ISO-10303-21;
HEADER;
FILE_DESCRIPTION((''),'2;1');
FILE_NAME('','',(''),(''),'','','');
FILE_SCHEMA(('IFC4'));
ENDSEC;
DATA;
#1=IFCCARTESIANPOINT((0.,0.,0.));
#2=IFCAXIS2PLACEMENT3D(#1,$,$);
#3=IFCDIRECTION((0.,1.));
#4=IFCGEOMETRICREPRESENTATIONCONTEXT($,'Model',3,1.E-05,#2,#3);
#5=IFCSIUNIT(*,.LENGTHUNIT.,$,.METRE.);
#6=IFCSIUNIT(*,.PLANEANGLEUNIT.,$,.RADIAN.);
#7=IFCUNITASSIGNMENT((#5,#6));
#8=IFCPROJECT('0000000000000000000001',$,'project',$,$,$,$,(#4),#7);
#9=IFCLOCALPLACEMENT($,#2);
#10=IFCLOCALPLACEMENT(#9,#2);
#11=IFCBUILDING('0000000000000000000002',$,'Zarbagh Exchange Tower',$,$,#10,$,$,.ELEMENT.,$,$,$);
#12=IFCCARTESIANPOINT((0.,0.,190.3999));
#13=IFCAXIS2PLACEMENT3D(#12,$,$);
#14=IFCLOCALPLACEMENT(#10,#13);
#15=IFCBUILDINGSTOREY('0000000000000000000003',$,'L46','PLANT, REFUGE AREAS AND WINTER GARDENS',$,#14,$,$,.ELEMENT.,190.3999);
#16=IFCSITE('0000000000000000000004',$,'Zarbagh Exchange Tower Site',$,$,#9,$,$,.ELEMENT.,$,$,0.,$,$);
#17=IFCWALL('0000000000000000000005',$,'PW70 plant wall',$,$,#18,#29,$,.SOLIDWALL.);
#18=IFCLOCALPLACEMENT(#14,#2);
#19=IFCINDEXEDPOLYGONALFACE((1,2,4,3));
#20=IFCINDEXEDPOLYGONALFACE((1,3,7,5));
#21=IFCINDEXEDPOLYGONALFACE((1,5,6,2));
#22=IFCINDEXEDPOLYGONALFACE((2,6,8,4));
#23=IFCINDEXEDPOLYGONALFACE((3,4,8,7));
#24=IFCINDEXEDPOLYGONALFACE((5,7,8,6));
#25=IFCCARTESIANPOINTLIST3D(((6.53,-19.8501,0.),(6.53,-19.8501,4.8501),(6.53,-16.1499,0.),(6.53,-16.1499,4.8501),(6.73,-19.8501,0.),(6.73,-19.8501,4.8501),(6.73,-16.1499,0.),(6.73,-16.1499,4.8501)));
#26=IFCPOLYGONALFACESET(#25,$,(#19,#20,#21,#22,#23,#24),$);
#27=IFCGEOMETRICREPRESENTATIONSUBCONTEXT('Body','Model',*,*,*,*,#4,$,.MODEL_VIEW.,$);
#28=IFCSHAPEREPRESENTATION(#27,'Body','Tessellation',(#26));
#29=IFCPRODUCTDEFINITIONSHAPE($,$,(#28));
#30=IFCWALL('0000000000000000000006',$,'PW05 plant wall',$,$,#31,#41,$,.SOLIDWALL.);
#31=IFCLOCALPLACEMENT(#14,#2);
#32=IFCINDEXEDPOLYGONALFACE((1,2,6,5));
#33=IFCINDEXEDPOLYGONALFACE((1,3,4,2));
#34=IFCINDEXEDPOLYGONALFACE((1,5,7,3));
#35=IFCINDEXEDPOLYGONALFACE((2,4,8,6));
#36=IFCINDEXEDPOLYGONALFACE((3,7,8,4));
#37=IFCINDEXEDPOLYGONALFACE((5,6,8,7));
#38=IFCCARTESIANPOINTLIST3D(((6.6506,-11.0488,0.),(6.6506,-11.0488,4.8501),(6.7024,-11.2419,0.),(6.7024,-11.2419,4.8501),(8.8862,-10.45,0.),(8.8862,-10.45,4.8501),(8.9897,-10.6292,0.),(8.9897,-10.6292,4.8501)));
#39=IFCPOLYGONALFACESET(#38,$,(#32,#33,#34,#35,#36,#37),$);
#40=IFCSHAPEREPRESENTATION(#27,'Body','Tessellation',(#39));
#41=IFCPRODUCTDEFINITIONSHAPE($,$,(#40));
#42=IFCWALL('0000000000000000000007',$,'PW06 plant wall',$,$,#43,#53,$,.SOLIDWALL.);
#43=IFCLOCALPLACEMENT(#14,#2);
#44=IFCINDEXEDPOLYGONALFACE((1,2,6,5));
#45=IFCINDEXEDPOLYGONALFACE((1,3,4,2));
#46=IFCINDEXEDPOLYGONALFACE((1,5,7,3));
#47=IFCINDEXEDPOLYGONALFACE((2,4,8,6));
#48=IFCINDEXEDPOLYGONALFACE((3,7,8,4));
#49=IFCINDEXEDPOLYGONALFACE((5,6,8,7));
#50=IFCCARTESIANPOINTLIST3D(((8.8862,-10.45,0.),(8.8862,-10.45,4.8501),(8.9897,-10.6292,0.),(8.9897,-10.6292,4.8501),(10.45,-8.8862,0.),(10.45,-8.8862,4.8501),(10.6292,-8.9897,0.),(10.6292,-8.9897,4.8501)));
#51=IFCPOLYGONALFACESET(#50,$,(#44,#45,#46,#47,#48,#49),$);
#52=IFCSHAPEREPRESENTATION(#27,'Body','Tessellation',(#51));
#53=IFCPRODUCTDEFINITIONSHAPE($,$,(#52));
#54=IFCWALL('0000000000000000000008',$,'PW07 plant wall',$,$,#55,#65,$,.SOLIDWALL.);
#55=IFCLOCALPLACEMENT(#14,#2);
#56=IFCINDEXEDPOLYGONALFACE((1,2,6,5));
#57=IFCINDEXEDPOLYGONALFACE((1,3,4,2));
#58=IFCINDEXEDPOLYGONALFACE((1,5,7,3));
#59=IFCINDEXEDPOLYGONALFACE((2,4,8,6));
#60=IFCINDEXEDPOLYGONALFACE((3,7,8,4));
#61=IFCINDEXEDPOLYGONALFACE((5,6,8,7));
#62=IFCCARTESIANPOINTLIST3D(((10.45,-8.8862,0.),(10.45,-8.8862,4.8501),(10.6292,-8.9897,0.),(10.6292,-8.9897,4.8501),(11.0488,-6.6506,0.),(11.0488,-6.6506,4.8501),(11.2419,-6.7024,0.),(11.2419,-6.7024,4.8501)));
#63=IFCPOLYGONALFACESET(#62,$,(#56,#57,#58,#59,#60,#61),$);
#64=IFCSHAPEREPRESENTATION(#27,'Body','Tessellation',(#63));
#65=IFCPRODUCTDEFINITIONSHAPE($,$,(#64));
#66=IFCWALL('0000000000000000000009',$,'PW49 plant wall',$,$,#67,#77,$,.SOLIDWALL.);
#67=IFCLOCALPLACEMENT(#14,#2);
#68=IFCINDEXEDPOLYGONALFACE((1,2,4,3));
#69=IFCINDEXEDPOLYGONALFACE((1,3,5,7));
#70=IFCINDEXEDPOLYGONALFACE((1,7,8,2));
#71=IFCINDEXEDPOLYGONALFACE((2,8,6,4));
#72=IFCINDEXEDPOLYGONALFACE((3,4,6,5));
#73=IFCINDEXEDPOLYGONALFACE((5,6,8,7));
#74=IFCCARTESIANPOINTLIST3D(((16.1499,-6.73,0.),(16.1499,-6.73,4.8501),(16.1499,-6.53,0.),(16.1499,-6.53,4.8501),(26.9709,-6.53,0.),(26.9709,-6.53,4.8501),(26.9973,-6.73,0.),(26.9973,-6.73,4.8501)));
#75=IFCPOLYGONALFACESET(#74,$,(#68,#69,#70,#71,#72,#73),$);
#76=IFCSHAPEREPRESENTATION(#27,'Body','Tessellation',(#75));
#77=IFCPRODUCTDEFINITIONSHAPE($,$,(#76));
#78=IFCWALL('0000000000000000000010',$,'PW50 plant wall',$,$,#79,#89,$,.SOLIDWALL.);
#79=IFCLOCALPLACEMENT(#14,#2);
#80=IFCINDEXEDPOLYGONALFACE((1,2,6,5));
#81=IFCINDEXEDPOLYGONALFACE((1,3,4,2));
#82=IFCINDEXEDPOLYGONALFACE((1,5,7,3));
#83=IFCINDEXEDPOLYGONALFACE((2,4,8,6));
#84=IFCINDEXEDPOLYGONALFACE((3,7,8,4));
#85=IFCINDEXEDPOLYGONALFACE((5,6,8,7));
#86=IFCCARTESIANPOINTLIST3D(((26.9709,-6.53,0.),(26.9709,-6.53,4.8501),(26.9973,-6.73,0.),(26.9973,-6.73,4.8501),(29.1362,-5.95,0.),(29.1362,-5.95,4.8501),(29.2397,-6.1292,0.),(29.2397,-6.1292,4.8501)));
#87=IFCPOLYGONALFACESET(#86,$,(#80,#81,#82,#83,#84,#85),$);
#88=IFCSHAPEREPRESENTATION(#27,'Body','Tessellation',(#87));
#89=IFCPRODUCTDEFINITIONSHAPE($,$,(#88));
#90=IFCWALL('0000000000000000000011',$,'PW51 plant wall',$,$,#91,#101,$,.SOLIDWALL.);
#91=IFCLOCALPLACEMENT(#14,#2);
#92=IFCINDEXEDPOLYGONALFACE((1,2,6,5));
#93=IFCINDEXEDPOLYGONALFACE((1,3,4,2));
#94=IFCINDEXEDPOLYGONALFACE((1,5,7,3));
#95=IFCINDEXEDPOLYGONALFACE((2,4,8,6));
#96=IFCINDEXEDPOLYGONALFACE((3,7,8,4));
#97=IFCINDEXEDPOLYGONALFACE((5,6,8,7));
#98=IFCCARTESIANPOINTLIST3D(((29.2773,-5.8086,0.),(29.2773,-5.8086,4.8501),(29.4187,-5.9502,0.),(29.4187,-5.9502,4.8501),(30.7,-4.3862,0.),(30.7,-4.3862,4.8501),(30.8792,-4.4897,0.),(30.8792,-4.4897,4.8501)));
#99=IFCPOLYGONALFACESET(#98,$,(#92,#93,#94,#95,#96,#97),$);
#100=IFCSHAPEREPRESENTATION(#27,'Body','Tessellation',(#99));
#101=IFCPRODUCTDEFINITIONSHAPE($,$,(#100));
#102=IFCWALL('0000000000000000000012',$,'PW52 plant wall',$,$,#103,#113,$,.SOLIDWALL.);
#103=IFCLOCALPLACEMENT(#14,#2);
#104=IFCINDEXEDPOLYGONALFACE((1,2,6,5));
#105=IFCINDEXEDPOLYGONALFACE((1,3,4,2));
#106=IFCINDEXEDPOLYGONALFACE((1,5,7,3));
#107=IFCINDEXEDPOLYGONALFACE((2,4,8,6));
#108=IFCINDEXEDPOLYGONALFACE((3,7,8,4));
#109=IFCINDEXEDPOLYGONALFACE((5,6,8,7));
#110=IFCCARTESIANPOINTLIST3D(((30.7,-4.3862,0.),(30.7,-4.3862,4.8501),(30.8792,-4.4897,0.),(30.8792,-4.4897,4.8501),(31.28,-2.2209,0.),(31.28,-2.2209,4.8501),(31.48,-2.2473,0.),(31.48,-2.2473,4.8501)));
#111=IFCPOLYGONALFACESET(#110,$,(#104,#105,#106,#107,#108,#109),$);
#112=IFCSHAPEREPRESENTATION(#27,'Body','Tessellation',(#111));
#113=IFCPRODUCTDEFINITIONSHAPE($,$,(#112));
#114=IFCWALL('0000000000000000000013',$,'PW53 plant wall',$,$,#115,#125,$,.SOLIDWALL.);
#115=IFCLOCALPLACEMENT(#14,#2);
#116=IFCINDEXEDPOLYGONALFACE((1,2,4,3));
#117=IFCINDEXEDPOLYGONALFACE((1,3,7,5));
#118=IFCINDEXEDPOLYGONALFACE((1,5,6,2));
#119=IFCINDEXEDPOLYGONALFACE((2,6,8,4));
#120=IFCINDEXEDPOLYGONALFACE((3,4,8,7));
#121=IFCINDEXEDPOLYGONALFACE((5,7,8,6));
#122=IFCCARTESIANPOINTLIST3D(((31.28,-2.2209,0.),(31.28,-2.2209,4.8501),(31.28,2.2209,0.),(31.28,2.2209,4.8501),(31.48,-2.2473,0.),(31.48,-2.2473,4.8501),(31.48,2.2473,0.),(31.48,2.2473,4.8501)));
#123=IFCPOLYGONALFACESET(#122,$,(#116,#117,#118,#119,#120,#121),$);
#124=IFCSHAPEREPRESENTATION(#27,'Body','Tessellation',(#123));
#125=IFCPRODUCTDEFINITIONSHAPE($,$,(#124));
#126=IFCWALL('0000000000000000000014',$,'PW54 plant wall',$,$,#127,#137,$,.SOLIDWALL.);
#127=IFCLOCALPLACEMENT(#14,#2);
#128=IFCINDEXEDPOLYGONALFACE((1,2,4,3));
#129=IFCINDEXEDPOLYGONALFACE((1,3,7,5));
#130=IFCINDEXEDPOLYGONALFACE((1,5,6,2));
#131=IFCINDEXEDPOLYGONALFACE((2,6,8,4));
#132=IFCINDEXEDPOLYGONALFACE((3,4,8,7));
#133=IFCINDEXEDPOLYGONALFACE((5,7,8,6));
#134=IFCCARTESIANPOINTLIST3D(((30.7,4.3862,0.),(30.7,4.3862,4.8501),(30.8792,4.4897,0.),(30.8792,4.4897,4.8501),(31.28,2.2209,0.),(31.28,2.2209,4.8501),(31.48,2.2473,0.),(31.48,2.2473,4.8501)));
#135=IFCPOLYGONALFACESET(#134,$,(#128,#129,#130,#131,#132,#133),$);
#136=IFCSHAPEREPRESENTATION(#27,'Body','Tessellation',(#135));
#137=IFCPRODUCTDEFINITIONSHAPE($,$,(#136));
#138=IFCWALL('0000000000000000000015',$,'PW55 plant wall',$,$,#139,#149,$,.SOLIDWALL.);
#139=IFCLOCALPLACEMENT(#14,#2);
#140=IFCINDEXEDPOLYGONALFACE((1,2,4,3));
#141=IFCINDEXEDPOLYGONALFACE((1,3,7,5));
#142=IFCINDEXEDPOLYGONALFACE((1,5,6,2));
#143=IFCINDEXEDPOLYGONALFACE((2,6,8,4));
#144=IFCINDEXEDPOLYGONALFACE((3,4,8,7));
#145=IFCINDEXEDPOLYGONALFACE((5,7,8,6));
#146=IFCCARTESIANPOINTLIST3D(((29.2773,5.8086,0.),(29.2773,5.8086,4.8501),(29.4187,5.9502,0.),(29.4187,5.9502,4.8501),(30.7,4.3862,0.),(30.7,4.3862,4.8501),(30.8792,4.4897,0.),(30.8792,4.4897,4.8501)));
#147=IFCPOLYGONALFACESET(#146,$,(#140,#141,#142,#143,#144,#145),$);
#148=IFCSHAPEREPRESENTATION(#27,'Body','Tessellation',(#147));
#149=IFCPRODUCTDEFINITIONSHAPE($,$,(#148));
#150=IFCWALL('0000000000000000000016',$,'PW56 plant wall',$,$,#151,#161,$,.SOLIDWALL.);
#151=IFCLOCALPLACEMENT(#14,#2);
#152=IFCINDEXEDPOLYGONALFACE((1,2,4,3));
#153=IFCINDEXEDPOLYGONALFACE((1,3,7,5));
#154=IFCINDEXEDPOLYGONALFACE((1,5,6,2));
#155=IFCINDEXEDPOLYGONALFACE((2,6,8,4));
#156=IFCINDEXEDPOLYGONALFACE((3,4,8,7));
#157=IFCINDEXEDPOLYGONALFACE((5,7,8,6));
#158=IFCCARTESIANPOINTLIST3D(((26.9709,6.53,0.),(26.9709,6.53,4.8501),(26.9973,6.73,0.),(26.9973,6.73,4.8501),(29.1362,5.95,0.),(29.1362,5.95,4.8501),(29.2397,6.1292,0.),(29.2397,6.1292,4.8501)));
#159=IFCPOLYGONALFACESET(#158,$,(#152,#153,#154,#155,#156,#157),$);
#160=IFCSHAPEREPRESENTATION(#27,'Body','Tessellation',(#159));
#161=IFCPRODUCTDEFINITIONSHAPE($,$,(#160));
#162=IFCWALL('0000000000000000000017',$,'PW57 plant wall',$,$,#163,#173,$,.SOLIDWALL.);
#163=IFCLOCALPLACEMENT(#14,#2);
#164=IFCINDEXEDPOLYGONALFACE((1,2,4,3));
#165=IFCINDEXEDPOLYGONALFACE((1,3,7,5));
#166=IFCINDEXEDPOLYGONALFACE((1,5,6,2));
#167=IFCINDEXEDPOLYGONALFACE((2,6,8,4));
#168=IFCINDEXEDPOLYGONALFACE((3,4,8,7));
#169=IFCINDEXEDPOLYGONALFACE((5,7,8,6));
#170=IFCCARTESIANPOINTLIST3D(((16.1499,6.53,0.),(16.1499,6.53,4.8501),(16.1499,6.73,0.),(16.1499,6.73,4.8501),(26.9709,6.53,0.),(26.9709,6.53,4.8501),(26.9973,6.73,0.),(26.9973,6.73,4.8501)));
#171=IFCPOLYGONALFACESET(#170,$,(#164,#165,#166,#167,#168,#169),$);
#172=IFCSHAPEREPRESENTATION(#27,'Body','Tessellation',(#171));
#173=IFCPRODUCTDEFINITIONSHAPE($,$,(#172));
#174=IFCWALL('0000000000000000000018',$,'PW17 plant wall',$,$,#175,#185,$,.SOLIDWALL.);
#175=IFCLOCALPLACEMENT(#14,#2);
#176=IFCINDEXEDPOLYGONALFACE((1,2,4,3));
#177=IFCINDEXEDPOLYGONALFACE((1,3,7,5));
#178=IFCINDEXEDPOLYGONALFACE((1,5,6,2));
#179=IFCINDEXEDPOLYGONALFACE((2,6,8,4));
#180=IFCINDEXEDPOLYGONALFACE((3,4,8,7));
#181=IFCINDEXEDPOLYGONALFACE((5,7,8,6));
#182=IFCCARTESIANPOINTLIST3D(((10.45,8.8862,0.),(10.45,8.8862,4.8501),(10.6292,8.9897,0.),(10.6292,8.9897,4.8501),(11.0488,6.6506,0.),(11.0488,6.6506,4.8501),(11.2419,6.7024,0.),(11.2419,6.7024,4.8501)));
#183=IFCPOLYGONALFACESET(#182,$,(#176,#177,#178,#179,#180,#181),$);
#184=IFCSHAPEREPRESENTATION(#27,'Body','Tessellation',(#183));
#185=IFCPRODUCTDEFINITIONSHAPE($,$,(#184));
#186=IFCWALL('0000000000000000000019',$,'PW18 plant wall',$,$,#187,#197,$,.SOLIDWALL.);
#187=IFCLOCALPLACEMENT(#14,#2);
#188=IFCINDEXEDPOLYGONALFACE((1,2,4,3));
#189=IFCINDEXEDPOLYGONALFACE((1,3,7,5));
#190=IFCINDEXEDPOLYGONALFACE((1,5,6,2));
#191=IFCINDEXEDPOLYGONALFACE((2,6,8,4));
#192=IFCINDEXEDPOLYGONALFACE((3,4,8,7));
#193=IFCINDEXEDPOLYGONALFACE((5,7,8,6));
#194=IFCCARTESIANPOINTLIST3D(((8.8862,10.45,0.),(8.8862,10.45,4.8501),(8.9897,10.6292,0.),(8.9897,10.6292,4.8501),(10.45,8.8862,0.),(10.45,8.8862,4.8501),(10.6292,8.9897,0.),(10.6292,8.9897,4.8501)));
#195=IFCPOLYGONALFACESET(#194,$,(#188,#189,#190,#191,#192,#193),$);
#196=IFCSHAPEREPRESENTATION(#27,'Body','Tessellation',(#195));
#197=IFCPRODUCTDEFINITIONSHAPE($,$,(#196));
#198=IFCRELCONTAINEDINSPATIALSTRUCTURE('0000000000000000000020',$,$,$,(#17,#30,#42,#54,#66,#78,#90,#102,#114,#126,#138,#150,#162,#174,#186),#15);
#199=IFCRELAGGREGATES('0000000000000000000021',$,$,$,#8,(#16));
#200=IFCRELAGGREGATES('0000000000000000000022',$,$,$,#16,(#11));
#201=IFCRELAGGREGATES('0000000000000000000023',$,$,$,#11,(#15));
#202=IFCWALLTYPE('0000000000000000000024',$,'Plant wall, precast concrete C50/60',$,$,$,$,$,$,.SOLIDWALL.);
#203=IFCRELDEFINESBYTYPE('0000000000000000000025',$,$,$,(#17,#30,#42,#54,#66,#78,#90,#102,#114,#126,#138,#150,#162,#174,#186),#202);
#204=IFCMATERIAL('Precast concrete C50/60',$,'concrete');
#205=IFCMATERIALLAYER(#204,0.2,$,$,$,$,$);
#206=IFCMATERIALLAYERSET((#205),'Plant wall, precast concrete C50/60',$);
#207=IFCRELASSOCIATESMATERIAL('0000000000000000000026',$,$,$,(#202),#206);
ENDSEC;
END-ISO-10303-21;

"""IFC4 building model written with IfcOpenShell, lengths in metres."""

from ifc_helpers import new_model, si_unit, direction, frame, origin, place, context, subcontext, project, spatial, polyline, outline, extrude, material, layer, layer_set, type_object, element, save


model = new_model("IFC4")

# Units and contexts
model_context = context("Model", 3, precision=1e-05, world=origin(), true_north=direction((0.0, 1.0)))
body_context = subcontext(model_context, "Body", "Model", "MODEL_VIEW")
ifc_project = project(units=[si_unit("LENGTHUNIT", "METRE"), si_unit("PLANEANGLEUNIT", "RADIAN")], contexts=[model_context])

# Site, building, storey
site_placement = place(None, origin())
site = spatial("IfcSite", under=ifc_project, at=site_placement, Name="Zarbagh Exchange Tower Site", CompositionType="ELEMENT", RefElevation=0.0)
building_placement = place(site_placement, origin())
building = spatial("IfcBuilding", under=site, at=building_placement, Name="Zarbagh Exchange Tower", CompositionType="ELEMENT")
storey_placement = place(building_placement, frame((0.0, 0.0, 190.3999)))
storey = spatial("IfcBuildingStorey", under=building, at=storey_placement, Name="L46", Description="PLANT, REFUGE AREAS AND WINTER GARDENS", CompositionType="ELEMENT", Elevation=190.3999)

# Walls
ifc_material_1 = material(Name="Precast concrete C50/60", Category="concrete")
ifc_layer_1 = layer(ifc_material_1, 0.2)
ifc_layer_set_1 = layer_set([ifc_layer_1], Name="Plant wall, precast concrete C50/60")
wall_type = type_object("IfcWallType", Name="Plant wall, precast concrete C50/60", PredefinedType="SOLIDWALL", material=ifc_layer_set_1)
wall_1_placement = place(storey_placement, origin())
element("IfcWall", 1, at=wall_1_placement, inside=storey, type_object=wall_type, Name="PW70 plant wall", PredefinedType="SOLIDWALL", context=body_context, shape_type="SweptSolid", body=[
    extrude(outline(polyline([(6.73, -19.8501), (6.73, -16.1499), (6.53, -16.1499), (6.53, -19.8501), (6.73, -19.8501)])), origin(), (0.0, 0.0, 1.0), 4.8501),
])
wall_2_placement = place(storey_placement, origin())
element("IfcWall", 2, at=wall_2_placement, inside=storey, type_object=wall_type, Name="PW05 plant wall", PredefinedType="SOLIDWALL", context=body_context, shape_type="SweptSolid", body=[
    extrude(outline(polyline([(6.7024, -11.2419), (8.9897, -10.6292), (8.8862, -10.45), (6.6506, -11.0488), (6.7024, -11.2419)])), origin(), (0.0, 0.0, 1.0), 4.8501),
])
wall_3_placement = place(storey_placement, origin())
element("IfcWall", 3, at=wall_3_placement, inside=storey, type_object=wall_type, Name="PW06 plant wall", PredefinedType="SOLIDWALL", context=body_context, shape_type="SweptSolid", body=[
    extrude(outline(polyline([(8.9897, -10.6292), (10.6292, -8.9897), (10.45, -8.8862), (8.8862, -10.45), (8.9897, -10.6292)])), origin(), (0.0, 0.0, 1.0), 4.8501),
])
wall_4_placement = place(storey_placement, origin())
element("IfcWall", 4, at=wall_4_placement, inside=storey, type_object=wall_type, Name="PW07 plant wall", PredefinedType="SOLIDWALL", context=body_context, shape_type="SweptSolid", body=[
    extrude(outline(polyline([(10.6292, -8.9897), (11.2419, -6.7024), (11.0488, -6.6506), (10.45, -8.8862), (10.6292, -8.9897)])), origin(), (0.0, 0.0, 1.0), 4.8501),
])
wall_5_placement = place(storey_placement, origin())
element("IfcWall", 5, at=wall_5_placement, inside=storey, type_object=wall_type, Name="PW49 plant wall", PredefinedType="SOLIDWALL", context=body_context, shape_type="SweptSolid", body=[
    extrude(outline(polyline([(16.1499, -6.73), (26.9973, -6.73), (26.9709, -6.53), (16.1499, -6.53), (16.1499, -6.73)])), origin(), (0.0, 0.0, 1.0), 4.8501),
])
wall_6_placement = place(storey_placement, origin())
element("IfcWall", 6, at=wall_6_placement, inside=storey, type_object=wall_type, Name="PW50 plant wall", PredefinedType="SOLIDWALL", context=body_context, shape_type="SweptSolid", body=[
    extrude(outline(polyline([(26.9973, -6.73), (29.2397, -6.1292), (29.1362, -5.95), (26.9709, -6.53), (26.9973, -6.73)])), origin(), (0.0, 0.0, 1.0), 4.8501),
])
wall_7_placement = place(storey_placement, origin())
element("IfcWall", 7, at=wall_7_placement, inside=storey, type_object=wall_type, Name="PW51 plant wall", PredefinedType="SOLIDWALL", context=body_context, shape_type="SweptSolid", body=[
    extrude(outline(polyline([(29.4187, -5.9502), (30.8792, -4.4897), (30.7, -4.3862), (29.2773, -5.8086), (29.4187, -5.9502)])), origin(), (0.0, 0.0, 1.0), 4.8501),
])
wall_8_placement = place(storey_placement, origin())
element("IfcWall", 8, at=wall_8_placement, inside=storey, type_object=wall_type, Name="PW52 plant wall", PredefinedType="SOLIDWALL", context=body_context, shape_type="SweptSolid", body=[
    extrude(outline(polyline([(30.8792, -4.4897), (31.48, -2.2473), (31.28, -2.2209), (30.7, -4.3862), (30.8792, -4.4897)])), origin(), (0.0, 0.0, 1.0), 4.8501),
])
wall_9_placement = place(storey_placement, origin())
element("IfcWall", 9, at=wall_9_placement, inside=storey, type_object=wall_type, Name="PW53 plant wall", PredefinedType="SOLIDWALL", context=body_context, shape_type="SweptSolid", body=[
    extrude(outline(polyline([(31.48, -2.2473), (31.48, 2.2473), (31.28, 2.2209), (31.28, -2.2209), (31.48, -2.2473)])), origin(), (0.0, 0.0, 1.0), 4.8501),
])
wall_10_placement = place(storey_placement, origin())
element("IfcWall", 10, at=wall_10_placement, inside=storey, type_object=wall_type, Name="PW54 plant wall", PredefinedType="SOLIDWALL", context=body_context, shape_type="SweptSolid", body=[
    extrude(outline(polyline([(31.48, 2.2473), (30.8792, 4.4897), (30.7, 4.3862), (31.28, 2.2209), (31.48, 2.2473)])), origin(), (0.0, 0.0, 1.0), 4.8501),
])
wall_11_placement = place(storey_placement, origin())
element("IfcWall", 11, at=wall_11_placement, inside=storey, type_object=wall_type, Name="PW55 plant wall", PredefinedType="SOLIDWALL", context=body_context, shape_type="SweptSolid", body=[
    extrude(outline(polyline([(30.8792, 4.4897), (29.4187, 5.9502), (29.2773, 5.8086), (30.7, 4.3862), (30.8792, 4.4897)])), origin(), (0.0, 0.0, 1.0), 4.8501),
])
wall_12_placement = place(storey_placement, origin())
element("IfcWall", 12, at=wall_12_placement, inside=storey, type_object=wall_type, Name="PW56 plant wall", PredefinedType="SOLIDWALL", context=body_context, shape_type="SweptSolid", body=[
    extrude(outline(polyline([(29.2397, 6.1292), (26.9973, 6.73), (26.9709, 6.53), (29.1362, 5.95), (29.2397, 6.1292)])), origin(), (0.0, 0.0, 1.0), 4.8501),
])
wall_13_placement = place(storey_placement, origin())
element("IfcWall", 13, at=wall_13_placement, inside=storey, type_object=wall_type, Name="PW57 plant wall", PredefinedType="SOLIDWALL", context=body_context, shape_type="SweptSolid", body=[
    extrude(outline(polyline([(26.9973, 6.73), (16.1499, 6.73), (16.1499, 6.53), (26.9709, 6.53), (26.9973, 6.73)])), origin(), (0.0, 0.0, 1.0), 4.8501),
])
wall_14_placement = place(storey_placement, origin())
element("IfcWall", 14, at=wall_14_placement, inside=storey, type_object=wall_type, Name="PW17 plant wall", PredefinedType="SOLIDWALL", context=body_context, shape_type="SweptSolid", body=[
    extrude(outline(polyline([(11.2419, 6.7024), (10.6292, 8.9897), (10.45, 8.8862), (11.0488, 6.6506), (11.2419, 6.7024)])), origin(), (0.0, 0.0, 1.0), 4.8501),
])
wall_15_placement = place(storey_placement, origin())
element("IfcWall", 15, at=wall_15_placement, inside=storey, type_object=wall_type, Name="PW18 plant wall", PredefinedType="SOLIDWALL", context=body_context, shape_type="SweptSolid", body=[
    extrude(outline(polyline([(10.6292, 8.9897), (8.9897, 10.6292), (8.8862, 10.45), (10.45, 8.8862), (10.6292, 8.9897)])), origin(), (0.0, 0.0, 1.0), 4.8501),
])

save(model, "model.ifc")
